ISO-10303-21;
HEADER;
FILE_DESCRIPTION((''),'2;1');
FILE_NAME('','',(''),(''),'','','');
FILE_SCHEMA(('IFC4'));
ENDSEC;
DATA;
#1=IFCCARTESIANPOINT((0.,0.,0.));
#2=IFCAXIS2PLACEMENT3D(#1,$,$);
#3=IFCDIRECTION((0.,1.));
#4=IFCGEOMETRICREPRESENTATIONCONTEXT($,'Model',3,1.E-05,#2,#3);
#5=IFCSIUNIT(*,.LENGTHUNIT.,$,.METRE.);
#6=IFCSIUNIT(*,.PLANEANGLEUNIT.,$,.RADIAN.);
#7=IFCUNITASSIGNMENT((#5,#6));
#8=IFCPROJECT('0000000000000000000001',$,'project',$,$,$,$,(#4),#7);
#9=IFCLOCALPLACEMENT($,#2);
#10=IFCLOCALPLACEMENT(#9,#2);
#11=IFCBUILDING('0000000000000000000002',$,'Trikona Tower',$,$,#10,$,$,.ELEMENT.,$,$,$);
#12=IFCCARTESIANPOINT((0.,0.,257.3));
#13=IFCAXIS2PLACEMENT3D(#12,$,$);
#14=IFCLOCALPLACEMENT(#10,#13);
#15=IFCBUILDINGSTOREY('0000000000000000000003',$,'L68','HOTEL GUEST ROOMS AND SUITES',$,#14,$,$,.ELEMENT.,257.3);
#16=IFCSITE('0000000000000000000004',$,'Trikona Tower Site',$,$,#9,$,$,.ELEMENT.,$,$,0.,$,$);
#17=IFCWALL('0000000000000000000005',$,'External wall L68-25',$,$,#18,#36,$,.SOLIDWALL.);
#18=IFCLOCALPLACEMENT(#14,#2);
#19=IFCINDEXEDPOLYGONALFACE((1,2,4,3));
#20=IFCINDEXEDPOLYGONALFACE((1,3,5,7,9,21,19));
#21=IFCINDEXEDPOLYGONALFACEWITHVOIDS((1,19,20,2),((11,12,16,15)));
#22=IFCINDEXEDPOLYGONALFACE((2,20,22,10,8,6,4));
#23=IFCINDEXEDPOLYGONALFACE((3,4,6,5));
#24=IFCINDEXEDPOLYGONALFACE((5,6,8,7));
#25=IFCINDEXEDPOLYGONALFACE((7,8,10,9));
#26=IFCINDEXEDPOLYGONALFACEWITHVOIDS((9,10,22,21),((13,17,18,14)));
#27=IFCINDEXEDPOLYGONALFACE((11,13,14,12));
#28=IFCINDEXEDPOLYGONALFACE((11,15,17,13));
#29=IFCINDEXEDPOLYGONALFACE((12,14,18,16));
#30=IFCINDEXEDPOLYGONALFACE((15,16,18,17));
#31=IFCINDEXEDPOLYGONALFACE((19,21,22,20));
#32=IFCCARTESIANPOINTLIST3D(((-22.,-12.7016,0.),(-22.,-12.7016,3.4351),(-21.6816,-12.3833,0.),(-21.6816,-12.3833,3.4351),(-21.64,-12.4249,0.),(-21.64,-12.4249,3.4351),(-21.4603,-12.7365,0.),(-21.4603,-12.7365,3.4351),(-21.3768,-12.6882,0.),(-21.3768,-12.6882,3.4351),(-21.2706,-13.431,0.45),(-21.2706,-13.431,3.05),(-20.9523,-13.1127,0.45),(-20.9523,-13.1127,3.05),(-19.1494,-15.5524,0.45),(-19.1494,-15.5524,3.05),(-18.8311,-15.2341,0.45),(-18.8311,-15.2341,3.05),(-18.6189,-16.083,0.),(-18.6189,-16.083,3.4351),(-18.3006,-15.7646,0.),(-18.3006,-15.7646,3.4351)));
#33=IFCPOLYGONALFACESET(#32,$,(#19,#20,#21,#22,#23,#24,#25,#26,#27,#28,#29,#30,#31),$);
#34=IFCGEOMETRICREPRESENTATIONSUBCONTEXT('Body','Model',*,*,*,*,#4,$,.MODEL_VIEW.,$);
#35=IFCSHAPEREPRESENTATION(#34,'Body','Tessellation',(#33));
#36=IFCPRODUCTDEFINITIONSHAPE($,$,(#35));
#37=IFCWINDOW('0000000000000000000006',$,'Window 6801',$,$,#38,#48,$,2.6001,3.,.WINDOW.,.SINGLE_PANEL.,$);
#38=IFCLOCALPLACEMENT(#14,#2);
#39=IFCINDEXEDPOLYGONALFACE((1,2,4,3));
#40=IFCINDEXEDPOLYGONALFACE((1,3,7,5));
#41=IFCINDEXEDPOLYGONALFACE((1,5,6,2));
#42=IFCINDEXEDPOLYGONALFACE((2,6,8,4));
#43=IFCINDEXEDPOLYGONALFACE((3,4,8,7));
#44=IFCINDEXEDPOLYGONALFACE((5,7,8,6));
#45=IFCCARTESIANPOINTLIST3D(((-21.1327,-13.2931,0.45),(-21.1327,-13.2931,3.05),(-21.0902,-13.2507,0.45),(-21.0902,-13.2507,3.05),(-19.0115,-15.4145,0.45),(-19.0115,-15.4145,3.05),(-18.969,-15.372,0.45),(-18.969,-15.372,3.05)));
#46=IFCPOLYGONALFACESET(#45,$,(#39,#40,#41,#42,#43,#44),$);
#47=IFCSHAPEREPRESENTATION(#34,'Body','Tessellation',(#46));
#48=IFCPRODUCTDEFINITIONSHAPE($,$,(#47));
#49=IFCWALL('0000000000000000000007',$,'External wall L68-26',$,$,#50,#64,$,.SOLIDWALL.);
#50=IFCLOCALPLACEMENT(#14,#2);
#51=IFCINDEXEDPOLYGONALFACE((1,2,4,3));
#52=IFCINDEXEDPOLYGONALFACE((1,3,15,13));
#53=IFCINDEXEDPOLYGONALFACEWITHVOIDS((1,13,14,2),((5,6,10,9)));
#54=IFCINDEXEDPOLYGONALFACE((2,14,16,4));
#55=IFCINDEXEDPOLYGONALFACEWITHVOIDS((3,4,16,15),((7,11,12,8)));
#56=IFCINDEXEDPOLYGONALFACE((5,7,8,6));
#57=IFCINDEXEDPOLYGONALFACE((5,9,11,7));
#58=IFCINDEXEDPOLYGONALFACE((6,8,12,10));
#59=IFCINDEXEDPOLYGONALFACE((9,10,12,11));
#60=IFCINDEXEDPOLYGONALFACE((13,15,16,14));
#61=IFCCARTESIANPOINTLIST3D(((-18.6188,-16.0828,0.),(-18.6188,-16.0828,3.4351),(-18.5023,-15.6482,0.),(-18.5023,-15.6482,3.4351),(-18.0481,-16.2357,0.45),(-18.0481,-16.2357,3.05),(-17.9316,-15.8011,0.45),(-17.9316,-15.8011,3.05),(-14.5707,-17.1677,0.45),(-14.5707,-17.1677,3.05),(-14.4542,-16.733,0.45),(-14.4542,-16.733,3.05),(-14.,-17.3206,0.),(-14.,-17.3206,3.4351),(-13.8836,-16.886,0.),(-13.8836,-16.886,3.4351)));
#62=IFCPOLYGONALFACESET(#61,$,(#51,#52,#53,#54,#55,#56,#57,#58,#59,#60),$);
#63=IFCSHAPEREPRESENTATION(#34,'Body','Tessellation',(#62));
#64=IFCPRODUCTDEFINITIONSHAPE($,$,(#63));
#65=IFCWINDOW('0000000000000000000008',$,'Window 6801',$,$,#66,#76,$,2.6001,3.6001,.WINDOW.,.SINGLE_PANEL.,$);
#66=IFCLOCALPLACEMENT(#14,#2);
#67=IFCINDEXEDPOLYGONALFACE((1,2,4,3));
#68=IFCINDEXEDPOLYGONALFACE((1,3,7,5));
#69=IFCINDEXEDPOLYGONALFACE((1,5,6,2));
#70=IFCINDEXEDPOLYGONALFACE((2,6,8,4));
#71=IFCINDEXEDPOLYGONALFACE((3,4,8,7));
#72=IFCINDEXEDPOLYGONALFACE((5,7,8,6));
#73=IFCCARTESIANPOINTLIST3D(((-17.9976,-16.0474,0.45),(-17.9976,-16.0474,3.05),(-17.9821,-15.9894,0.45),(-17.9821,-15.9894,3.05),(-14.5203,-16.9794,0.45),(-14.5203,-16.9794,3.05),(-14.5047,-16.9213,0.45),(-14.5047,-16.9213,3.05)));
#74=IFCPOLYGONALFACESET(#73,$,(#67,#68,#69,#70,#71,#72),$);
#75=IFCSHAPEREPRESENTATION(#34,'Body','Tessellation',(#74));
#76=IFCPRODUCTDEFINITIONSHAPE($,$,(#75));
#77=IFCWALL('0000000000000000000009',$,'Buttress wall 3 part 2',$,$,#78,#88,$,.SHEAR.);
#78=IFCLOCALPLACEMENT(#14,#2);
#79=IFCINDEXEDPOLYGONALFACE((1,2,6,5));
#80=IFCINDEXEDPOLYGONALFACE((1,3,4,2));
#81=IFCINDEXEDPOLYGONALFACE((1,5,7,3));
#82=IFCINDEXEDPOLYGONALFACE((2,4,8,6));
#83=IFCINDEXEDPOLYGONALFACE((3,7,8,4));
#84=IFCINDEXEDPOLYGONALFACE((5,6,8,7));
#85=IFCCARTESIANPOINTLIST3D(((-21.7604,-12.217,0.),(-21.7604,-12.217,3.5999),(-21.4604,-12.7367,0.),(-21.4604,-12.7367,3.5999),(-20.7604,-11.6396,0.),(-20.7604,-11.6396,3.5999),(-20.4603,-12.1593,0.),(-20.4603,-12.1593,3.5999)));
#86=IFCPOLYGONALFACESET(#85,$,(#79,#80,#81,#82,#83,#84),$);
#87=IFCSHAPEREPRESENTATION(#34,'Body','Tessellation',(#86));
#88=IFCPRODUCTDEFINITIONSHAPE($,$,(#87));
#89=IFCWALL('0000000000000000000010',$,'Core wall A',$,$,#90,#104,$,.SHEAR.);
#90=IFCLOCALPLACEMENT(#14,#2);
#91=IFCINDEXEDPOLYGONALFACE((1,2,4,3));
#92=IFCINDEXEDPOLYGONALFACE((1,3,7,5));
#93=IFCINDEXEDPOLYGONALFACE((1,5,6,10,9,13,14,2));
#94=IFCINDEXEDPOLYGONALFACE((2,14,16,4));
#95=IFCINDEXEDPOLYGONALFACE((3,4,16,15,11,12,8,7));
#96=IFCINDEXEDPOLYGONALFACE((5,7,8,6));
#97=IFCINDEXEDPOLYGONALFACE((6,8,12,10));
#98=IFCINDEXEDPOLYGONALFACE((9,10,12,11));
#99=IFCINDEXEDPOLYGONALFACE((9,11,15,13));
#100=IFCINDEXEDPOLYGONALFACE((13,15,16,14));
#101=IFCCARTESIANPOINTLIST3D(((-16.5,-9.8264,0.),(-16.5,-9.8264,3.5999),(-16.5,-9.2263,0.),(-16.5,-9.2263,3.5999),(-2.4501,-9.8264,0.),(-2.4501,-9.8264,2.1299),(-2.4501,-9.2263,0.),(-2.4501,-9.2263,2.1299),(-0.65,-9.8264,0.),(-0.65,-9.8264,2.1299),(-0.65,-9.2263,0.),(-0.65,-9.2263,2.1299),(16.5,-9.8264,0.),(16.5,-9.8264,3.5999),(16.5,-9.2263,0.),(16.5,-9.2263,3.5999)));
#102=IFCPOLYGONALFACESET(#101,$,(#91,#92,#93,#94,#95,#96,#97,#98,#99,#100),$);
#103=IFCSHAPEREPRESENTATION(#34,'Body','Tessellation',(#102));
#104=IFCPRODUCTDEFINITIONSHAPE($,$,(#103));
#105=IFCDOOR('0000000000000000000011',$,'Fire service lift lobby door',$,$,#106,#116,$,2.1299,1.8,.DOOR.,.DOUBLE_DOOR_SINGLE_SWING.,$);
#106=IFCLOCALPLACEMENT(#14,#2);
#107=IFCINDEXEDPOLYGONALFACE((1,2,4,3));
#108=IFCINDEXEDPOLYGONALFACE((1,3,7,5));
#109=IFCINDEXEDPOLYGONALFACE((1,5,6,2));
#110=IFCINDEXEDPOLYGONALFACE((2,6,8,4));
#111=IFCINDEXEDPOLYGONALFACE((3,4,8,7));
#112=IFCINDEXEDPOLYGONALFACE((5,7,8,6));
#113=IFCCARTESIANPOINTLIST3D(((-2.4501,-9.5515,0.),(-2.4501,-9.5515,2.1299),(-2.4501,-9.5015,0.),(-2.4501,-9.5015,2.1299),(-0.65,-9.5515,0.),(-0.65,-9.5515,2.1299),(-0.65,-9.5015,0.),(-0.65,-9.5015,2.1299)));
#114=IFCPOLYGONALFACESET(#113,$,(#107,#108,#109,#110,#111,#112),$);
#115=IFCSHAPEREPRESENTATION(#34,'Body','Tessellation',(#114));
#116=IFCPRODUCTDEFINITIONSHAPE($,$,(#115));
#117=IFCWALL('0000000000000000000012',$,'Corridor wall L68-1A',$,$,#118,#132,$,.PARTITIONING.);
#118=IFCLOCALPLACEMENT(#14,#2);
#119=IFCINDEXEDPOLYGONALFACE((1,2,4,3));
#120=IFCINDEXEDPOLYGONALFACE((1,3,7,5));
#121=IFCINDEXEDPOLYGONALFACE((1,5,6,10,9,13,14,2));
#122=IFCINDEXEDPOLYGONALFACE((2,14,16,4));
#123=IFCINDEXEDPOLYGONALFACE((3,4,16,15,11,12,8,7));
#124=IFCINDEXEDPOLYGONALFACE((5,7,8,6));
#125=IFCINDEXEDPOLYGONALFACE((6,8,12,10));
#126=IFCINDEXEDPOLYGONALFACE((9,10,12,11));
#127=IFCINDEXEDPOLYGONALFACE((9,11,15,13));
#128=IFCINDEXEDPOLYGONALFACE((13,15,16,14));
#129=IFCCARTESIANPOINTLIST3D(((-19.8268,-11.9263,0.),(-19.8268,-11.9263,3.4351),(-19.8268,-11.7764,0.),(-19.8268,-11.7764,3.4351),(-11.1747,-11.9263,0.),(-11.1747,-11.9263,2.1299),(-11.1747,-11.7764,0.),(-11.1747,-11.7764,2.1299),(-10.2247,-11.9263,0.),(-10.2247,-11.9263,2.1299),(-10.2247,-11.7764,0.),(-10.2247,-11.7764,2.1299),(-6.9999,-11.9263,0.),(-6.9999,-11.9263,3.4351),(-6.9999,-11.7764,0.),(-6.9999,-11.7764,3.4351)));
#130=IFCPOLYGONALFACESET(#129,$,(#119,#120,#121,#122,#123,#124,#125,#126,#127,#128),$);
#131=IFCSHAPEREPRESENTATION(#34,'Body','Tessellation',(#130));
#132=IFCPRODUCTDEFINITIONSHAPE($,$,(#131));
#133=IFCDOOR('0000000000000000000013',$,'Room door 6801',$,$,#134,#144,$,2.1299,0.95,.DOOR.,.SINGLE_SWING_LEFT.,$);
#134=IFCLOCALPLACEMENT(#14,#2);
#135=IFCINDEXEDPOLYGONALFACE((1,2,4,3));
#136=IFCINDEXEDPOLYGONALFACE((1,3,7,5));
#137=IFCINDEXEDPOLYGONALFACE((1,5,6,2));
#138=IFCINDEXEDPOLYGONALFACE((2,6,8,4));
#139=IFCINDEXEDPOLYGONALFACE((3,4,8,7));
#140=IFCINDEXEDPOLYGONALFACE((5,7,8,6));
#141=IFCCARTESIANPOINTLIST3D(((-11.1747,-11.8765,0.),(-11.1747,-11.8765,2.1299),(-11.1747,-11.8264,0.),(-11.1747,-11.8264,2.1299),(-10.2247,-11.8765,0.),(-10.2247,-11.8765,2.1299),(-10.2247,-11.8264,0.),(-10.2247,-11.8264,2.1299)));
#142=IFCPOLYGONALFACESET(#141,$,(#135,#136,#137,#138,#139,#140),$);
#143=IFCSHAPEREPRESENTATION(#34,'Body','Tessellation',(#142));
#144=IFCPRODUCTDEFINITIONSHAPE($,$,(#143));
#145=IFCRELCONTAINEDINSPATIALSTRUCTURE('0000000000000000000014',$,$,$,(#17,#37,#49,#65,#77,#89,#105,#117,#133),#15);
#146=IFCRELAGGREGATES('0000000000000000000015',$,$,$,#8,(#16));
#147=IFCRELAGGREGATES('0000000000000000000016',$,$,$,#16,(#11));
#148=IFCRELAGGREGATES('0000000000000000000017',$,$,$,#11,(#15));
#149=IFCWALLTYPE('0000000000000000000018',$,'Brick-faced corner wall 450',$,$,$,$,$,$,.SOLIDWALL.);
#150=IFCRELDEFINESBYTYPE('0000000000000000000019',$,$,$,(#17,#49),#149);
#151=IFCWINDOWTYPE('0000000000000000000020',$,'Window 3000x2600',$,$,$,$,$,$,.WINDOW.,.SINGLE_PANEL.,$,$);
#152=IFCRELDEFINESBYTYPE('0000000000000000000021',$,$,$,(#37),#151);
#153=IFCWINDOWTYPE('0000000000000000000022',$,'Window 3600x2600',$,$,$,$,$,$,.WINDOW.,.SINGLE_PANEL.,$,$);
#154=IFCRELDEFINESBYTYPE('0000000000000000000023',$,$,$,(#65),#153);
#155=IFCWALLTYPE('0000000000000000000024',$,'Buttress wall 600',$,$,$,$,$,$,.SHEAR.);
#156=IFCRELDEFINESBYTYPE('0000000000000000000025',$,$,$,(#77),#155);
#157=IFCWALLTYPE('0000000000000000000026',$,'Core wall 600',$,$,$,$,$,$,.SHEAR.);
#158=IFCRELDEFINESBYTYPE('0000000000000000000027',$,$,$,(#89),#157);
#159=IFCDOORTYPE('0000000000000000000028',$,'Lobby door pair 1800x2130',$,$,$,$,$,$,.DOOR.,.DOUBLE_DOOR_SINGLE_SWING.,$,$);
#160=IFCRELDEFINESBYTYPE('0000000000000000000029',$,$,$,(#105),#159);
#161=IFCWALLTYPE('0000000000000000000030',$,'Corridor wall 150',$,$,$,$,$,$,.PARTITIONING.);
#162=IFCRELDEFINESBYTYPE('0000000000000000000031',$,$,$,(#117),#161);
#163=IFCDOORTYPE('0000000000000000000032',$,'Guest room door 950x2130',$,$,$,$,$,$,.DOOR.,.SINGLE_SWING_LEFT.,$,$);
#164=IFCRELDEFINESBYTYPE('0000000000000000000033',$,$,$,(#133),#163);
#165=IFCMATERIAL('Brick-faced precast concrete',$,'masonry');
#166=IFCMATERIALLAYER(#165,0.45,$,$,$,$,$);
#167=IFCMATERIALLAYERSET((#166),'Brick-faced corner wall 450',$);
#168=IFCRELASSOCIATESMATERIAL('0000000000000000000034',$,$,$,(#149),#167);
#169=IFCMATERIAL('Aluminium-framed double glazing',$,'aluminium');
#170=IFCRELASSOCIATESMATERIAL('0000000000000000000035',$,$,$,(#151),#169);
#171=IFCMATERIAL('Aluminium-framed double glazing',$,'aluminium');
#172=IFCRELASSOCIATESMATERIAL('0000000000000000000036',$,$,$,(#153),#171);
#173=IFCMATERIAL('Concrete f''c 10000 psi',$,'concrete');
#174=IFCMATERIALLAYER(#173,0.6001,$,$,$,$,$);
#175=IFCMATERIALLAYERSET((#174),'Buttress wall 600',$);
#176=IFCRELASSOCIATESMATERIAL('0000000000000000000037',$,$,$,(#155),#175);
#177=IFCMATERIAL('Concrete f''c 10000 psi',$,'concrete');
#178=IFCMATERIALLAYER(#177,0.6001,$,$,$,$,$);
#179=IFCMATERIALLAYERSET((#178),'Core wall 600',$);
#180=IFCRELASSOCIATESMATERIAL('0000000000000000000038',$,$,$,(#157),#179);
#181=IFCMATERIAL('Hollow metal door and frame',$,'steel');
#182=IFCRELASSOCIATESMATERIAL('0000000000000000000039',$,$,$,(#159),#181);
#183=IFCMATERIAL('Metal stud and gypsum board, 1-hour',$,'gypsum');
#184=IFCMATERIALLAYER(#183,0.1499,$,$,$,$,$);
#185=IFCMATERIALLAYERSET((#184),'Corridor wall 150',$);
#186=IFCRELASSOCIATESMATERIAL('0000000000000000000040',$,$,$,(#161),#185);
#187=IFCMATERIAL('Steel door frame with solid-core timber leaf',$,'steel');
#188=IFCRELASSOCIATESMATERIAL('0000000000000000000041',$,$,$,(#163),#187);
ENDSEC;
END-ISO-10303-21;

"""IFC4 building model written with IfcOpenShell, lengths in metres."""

from ifc_helpers import new_model, si_unit, direction, frame, frame_2d, origin, place, context, subcontext, project, spatial, polyline, rectangle, outline, extrude, material, layer, layer_set, type_object, element, fill, save


model = new_model("IFC4")

# Units and contexts
model_context = context("Model", 3, precision=1e-05, world=origin(), true_north=direction((0.0, 1.0)))
body_context = subcontext(model_context, "Body", "Model", "MODEL_VIEW")
ifc_project = project(units=[si_unit("LENGTHUNIT", "METRE"), si_unit("PLANEANGLEUNIT", "RADIAN")], contexts=[model_context])

# Site, building, storey
site_placement = place(None, origin())
site = spatial("IfcSite", under=ifc_project, at=site_placement, Name="Trikona Tower Site", CompositionType="ELEMENT", RefElevation=0.0)
building_placement = place(site_placement, origin())
building = spatial("IfcBuilding", under=site, at=building_placement, Name="Trikona Tower", CompositionType="ELEMENT")
storey_placement = place(building_placement, frame((0.0, 0.0, 257.3)))
storey = spatial("IfcBuildingStorey", under=building, at=storey_placement, Name="L68", Description="HOTEL GUEST ROOMS AND SUITES", CompositionType="ELEMENT", Elevation=257.3)

# Walls, openings, windows
ifc_material_1 = material(Name="Brick-faced precast concrete", Category="masonry")
ifc_layer_1 = layer(ifc_material_1, 0.45)
ifc_layer_set_1 = layer_set([ifc_layer_1], Name="Brick-faced corner wall 450")
wall_type_1 = type_object("IfcWallType", Name="Brick-faced corner wall 450", PredefinedType="SOLIDWALL", material=ifc_layer_set_1)
wall_1_placement = place(storey_placement, frame((-21.8408, -12.5425, 0.0), z_axis=(0.0, 0.0, 1.0), x_axis=(0.707081, -0.707132, 0.0)))
wall_1 = element("IfcWall", 1, at=wall_1_placement, inside=storey, type_object=wall_type_1, Name="External wall L68-25", PredefinedType="SOLIDWALL", context=body_context, shape_type="SweptSolid", body=[
    extrude(outline(polyline([(4.7817, 0.2251), (0.4312, 0.2251), (0.4062, 0.1318), (0.0588, 0.2251), (0.0, 0.2251), (0.0, -0.2251), (4.7817, -0.2251), (4.7817, 0.2251)])), origin(), (0.0, 0.0, 1.0), 3.4351),
])
opening_1_placement = place(wall_1_placement, frame((1.0315, 0.0, 0.45)))
opening_1 = element("IfcOpeningElement", 2, at=opening_1_placement, cuts=wall_1, PredefinedType="OPENING", context=body_context, shape_type="SweptSolid", body=[
    extrude(rectangle(XDim=3.0, YDim=2.6001, at=frame_2d((1.5, 1.3))), frame((0.0, 0.2349, 0.0), z_axis=(0.0, -1.0, 0.0), x_axis=(1.0, 0.0, 0.0)), (0.0, 0.0, 1.0), 0.47),
])
ifc_material_2 = material(Name="Aluminium-framed double glazing", Category="aluminium")
window_type_1 = type_object("IfcWindowType", Name="Window 3000x2600", PartitioningType="SINGLE_PANEL", PredefinedType="WINDOW", material=ifc_material_2)
window_1_placement = place(opening_1_placement, origin())
window_1 = element("IfcWindow", 3, at=window_1_placement, inside=storey, type_object=window_type_1, Name="Window 6801", OverallHeight=2.6001, OverallWidth=3.0, PartitioningType="SINGLE_PANEL", PredefinedType="WINDOW", context=body_context, shape_type="SweptSolid", body=[
    extrude(rectangle(XDim=3.0, YDim=2.6001, at=frame_2d((1.5, 1.3))), frame((0.0, 0.03, 0.0), z_axis=(0.0, -1.0, 0.0), x_axis=(1.0, 0.0, 0.0)), (0.0, 0.0, 1.0), 0.0601),
])
fill(opening_1, window_1)
wall_2_placement = place(storey_placement, frame((-18.5605, -15.8655, 0.0), z_axis=(0.0, 0.0, 1.0), x_axis=(0.965914, -0.258864, 0.0)))
wall_2 = element("IfcWall", 4, at=wall_2_placement, inside=storey, type_object=wall_type_1, Name="External wall L68-26", PredefinedType="SOLIDWALL", context=body_context, shape_type="SweptSolid", body=[
    extrude(rectangle(XDim=4.7817, YDim=0.45, at=frame_2d((2.3909, 0.0))), origin(), (0.0, 0.0, 1.0), 3.4351),
])
opening_2_placement = place(wall_2_placement, frame((0.5908, 0.0, 0.45)))
opening_2 = element("IfcOpeningElement", 5, at=opening_2_placement, cuts=wall_2, PredefinedType="OPENING", context=body_context, shape_type="SweptSolid", body=[
    extrude(rectangle(XDim=3.6001, YDim=2.6001, at=frame_2d((1.8, 1.3))), frame((0.0, 0.2349, 0.0), z_axis=(0.0, -1.0, 0.0), x_axis=(1.0, 0.0, 0.0)), (0.0, 0.0, 1.0), 0.47),
])
ifc_material_3 = material(Name="Aluminium-framed double glazing", Category="aluminium")
window_type_2 = type_object("IfcWindowType", Name="Window 3600x2600", PartitioningType="SINGLE_PANEL", PredefinedType="WINDOW", material=ifc_material_3)
window_2_placement = place(opening_2_placement, origin())
window_2 = element("IfcWindow", 6, at=window_2_placement, inside=storey, type_object=window_type_2, Name="Window 6801", OverallHeight=2.6001, OverallWidth=3.6001, PartitioningType="SINGLE_PANEL", PredefinedType="WINDOW", context=body_context, shape_type="SweptSolid", body=[
    extrude(rectangle(XDim=3.6001, YDim=2.6001, at=frame_2d((1.8, 1.3))), frame((0.0, 0.03, 0.0), z_axis=(0.0, -1.0, 0.0), x_axis=(1.0, 0.0, 0.0)), (0.0, 0.0, 1.0), 0.0601),
])
fill(opening_2, window_2)

# Wall
ifc_material_4 = material(Name="Concrete f'c 10000 psi", Category="concrete")
ifc_layer_2 = layer(ifc_material_4, 0.6001)
ifc_layer_set_2 = layer_set([ifc_layer_2], Name="Buttress wall 600")
wall_type_2 = type_object("IfcWallType", Name="Buttress wall 600", PredefinedType="SHEAR", material=ifc_layer_set_2)
wall_3_placement = place(storey_placement, frame((-20.6104, -11.8994, 0.0), z_axis=(0.0, 0.0, 1.0), x_axis=(-0.86601, -0.500027, 0.0)))
element("IfcWall", 7, at=wall_3_placement, inside=storey, type_object=wall_type_2, Name="Buttress wall 3 part 2", PredefinedType="SHEAR", context=body_context, shape_type="SweptSolid", body=[
    extrude(rectangle(XDim=1.1548, YDim=0.6001, at=frame_2d((0.5774, 0.0))), origin(), (0.0, 0.0, 1.0), 3.5999),
])

# Walls, openings, doors
ifc_material_5 = material(Name="Concrete f'c 10000 psi", Category="concrete")
ifc_layer_3 = layer(ifc_material_5, 0.6001)
ifc_layer_set_3 = layer_set([ifc_layer_3], Name="Core wall 600")
wall_type_3 = type_object("IfcWallType", Name="Core wall 600", PredefinedType="SHEAR", material=ifc_layer_set_3)
wall_4_placement = place(storey_placement, frame((-16.5, -9.5264, 0.0), z_axis=(0.0, 0.0, 1.0), x_axis=(1.0, 0.0, 0.0)))
wall_4 = element("IfcWall", 8, at=wall_4_placement, inside=storey, type_object=wall_type_3, Name="Core wall A", PredefinedType="SHEAR", context=body_context, shape_type="SweptSolid", body=[
    extrude(rectangle(XDim=33.0, YDim=0.6001, at=frame_2d((16.5, 0.0))), origin(), (0.0, 0.0, 1.0), 3.5999),
])
opening_3_placement = place(wall_4_placement, frame((14.05, 0.0, 0.0)))
opening_3 = element("IfcOpeningElement", 9, at=opening_3_placement, cuts=wall_4, PredefinedType="OPENING", context=body_context, shape_type="SweptSolid", body=[
    extrude(rectangle(XDim=1.8, YDim=2.1299, at=frame_2d((0.8999, 1.0649))), frame((0.0, 0.3101, 0.0), z_axis=(0.0, -1.0, 0.0), x_axis=(1.0, 0.0, 0.0)), (0.0, 0.0, 1.0), 0.6201),
])
ifc_material_6 = material(Name="Hollow metal door and frame", Category="steel")
door_type_1 = type_object("IfcDoorType", Name="Lobby door pair 1800x2130", OperationType="DOUBLE_DOOR_SINGLE_SWING", PredefinedType="DOOR", material=ifc_material_6)
door_1_placement = place(opening_3_placement, origin())
door_1 = element("IfcDoor", 10, at=door_1_placement, inside=storey, type_object=door_type_1, Name="Fire service lift lobby door", OperationType="DOUBLE_DOOR_SINGLE_SWING", OverallHeight=2.1299, OverallWidth=1.8, PredefinedType="DOOR", context=body_context, shape_type="SweptSolid", body=[
    extrude(rectangle(XDim=1.8, YDim=2.1299, at=frame_2d((0.8999, 1.0649))), frame((0.0, 0.0249, 0.0), z_axis=(0.0, -1.0, 0.0), x_axis=(1.0, 0.0, 0.0)), (0.0, 0.0, 1.0), 0.05),
])
fill(opening_3, door_1)
ifc_material_7 = material(Name="Metal stud and gypsum board, 1-hour", Category="gypsum")
ifc_layer_4 = layer(ifc_material_7, 0.1499)
ifc_layer_set_4 = layer_set([ifc_layer_4], Name="Corridor wall 150")
wall_type_4 = type_object("IfcWallType", Name="Corridor wall 150", PredefinedType="PARTITIONING", material=ifc_layer_set_4)
wall_5_placement = place(storey_placement, frame((-19.8269, -11.8513, 0.0), z_axis=(0.0, 0.0, 1.0), x_axis=(1.0, 0.0, 0.0)))
wall_5 = element("IfcWall", 11, at=wall_5_placement, inside=storey, type_object=wall_type_4, Name="Corridor wall L68-1A", PredefinedType="PARTITIONING", context=body_context, shape_type="SweptSolid", body=[
    extrude(rectangle(XDim=12.8269, YDim=0.1499, at=frame_2d((6.4136, 0.0))), origin(), (0.0, 0.0, 1.0), 3.4351),
])
opening_4_placement = place(wall_5_placement, frame((8.6521, 0.0, 0.0)))
opening_4 = element("IfcOpeningElement", 12, at=opening_4_placement, cuts=wall_5, PredefinedType="OPENING", context=body_context, shape_type="SweptSolid", body=[
    extrude(rectangle(XDim=0.95, YDim=2.1299, at=frame_2d((0.4751, 1.0649))), frame((0.0, 0.085, 0.0), z_axis=(0.0, -1.0, 0.0), x_axis=(1.0, 0.0, 0.0)), (0.0, 0.0, 1.0), 0.1699),
])
ifc_material_8 = material(Name="Steel door frame with solid-core timber leaf", Category="steel")
door_type_2 = type_object("IfcDoorType", Name="Guest room door 950x2130", OperationType="SINGLE_SWING_LEFT", PredefinedType="DOOR", material=ifc_material_8)
door_2_placement = place(opening_4_placement, origin())
door_2 = element("IfcDoor", 13, at=door_2_placement, inside=storey, type_object=door_type_2, Name="Room door 6801", OperationType="SINGLE_SWING_LEFT", OverallHeight=2.1299, OverallWidth=0.95, PredefinedType="DOOR", context=body_context, shape_type="SweptSolid", body=[
    extrude(rectangle(XDim=0.95, YDim=2.1299, at=frame_2d((0.4751, 1.0649))), frame((0.0, 0.0249, 0.0), z_axis=(0.0, -1.0, 0.0), x_axis=(1.0, 0.0, 0.0)), (0.0, 0.0, 1.0), 0.05),
])
fill(opening_4, door_2)

save(model, "model.ifc")
